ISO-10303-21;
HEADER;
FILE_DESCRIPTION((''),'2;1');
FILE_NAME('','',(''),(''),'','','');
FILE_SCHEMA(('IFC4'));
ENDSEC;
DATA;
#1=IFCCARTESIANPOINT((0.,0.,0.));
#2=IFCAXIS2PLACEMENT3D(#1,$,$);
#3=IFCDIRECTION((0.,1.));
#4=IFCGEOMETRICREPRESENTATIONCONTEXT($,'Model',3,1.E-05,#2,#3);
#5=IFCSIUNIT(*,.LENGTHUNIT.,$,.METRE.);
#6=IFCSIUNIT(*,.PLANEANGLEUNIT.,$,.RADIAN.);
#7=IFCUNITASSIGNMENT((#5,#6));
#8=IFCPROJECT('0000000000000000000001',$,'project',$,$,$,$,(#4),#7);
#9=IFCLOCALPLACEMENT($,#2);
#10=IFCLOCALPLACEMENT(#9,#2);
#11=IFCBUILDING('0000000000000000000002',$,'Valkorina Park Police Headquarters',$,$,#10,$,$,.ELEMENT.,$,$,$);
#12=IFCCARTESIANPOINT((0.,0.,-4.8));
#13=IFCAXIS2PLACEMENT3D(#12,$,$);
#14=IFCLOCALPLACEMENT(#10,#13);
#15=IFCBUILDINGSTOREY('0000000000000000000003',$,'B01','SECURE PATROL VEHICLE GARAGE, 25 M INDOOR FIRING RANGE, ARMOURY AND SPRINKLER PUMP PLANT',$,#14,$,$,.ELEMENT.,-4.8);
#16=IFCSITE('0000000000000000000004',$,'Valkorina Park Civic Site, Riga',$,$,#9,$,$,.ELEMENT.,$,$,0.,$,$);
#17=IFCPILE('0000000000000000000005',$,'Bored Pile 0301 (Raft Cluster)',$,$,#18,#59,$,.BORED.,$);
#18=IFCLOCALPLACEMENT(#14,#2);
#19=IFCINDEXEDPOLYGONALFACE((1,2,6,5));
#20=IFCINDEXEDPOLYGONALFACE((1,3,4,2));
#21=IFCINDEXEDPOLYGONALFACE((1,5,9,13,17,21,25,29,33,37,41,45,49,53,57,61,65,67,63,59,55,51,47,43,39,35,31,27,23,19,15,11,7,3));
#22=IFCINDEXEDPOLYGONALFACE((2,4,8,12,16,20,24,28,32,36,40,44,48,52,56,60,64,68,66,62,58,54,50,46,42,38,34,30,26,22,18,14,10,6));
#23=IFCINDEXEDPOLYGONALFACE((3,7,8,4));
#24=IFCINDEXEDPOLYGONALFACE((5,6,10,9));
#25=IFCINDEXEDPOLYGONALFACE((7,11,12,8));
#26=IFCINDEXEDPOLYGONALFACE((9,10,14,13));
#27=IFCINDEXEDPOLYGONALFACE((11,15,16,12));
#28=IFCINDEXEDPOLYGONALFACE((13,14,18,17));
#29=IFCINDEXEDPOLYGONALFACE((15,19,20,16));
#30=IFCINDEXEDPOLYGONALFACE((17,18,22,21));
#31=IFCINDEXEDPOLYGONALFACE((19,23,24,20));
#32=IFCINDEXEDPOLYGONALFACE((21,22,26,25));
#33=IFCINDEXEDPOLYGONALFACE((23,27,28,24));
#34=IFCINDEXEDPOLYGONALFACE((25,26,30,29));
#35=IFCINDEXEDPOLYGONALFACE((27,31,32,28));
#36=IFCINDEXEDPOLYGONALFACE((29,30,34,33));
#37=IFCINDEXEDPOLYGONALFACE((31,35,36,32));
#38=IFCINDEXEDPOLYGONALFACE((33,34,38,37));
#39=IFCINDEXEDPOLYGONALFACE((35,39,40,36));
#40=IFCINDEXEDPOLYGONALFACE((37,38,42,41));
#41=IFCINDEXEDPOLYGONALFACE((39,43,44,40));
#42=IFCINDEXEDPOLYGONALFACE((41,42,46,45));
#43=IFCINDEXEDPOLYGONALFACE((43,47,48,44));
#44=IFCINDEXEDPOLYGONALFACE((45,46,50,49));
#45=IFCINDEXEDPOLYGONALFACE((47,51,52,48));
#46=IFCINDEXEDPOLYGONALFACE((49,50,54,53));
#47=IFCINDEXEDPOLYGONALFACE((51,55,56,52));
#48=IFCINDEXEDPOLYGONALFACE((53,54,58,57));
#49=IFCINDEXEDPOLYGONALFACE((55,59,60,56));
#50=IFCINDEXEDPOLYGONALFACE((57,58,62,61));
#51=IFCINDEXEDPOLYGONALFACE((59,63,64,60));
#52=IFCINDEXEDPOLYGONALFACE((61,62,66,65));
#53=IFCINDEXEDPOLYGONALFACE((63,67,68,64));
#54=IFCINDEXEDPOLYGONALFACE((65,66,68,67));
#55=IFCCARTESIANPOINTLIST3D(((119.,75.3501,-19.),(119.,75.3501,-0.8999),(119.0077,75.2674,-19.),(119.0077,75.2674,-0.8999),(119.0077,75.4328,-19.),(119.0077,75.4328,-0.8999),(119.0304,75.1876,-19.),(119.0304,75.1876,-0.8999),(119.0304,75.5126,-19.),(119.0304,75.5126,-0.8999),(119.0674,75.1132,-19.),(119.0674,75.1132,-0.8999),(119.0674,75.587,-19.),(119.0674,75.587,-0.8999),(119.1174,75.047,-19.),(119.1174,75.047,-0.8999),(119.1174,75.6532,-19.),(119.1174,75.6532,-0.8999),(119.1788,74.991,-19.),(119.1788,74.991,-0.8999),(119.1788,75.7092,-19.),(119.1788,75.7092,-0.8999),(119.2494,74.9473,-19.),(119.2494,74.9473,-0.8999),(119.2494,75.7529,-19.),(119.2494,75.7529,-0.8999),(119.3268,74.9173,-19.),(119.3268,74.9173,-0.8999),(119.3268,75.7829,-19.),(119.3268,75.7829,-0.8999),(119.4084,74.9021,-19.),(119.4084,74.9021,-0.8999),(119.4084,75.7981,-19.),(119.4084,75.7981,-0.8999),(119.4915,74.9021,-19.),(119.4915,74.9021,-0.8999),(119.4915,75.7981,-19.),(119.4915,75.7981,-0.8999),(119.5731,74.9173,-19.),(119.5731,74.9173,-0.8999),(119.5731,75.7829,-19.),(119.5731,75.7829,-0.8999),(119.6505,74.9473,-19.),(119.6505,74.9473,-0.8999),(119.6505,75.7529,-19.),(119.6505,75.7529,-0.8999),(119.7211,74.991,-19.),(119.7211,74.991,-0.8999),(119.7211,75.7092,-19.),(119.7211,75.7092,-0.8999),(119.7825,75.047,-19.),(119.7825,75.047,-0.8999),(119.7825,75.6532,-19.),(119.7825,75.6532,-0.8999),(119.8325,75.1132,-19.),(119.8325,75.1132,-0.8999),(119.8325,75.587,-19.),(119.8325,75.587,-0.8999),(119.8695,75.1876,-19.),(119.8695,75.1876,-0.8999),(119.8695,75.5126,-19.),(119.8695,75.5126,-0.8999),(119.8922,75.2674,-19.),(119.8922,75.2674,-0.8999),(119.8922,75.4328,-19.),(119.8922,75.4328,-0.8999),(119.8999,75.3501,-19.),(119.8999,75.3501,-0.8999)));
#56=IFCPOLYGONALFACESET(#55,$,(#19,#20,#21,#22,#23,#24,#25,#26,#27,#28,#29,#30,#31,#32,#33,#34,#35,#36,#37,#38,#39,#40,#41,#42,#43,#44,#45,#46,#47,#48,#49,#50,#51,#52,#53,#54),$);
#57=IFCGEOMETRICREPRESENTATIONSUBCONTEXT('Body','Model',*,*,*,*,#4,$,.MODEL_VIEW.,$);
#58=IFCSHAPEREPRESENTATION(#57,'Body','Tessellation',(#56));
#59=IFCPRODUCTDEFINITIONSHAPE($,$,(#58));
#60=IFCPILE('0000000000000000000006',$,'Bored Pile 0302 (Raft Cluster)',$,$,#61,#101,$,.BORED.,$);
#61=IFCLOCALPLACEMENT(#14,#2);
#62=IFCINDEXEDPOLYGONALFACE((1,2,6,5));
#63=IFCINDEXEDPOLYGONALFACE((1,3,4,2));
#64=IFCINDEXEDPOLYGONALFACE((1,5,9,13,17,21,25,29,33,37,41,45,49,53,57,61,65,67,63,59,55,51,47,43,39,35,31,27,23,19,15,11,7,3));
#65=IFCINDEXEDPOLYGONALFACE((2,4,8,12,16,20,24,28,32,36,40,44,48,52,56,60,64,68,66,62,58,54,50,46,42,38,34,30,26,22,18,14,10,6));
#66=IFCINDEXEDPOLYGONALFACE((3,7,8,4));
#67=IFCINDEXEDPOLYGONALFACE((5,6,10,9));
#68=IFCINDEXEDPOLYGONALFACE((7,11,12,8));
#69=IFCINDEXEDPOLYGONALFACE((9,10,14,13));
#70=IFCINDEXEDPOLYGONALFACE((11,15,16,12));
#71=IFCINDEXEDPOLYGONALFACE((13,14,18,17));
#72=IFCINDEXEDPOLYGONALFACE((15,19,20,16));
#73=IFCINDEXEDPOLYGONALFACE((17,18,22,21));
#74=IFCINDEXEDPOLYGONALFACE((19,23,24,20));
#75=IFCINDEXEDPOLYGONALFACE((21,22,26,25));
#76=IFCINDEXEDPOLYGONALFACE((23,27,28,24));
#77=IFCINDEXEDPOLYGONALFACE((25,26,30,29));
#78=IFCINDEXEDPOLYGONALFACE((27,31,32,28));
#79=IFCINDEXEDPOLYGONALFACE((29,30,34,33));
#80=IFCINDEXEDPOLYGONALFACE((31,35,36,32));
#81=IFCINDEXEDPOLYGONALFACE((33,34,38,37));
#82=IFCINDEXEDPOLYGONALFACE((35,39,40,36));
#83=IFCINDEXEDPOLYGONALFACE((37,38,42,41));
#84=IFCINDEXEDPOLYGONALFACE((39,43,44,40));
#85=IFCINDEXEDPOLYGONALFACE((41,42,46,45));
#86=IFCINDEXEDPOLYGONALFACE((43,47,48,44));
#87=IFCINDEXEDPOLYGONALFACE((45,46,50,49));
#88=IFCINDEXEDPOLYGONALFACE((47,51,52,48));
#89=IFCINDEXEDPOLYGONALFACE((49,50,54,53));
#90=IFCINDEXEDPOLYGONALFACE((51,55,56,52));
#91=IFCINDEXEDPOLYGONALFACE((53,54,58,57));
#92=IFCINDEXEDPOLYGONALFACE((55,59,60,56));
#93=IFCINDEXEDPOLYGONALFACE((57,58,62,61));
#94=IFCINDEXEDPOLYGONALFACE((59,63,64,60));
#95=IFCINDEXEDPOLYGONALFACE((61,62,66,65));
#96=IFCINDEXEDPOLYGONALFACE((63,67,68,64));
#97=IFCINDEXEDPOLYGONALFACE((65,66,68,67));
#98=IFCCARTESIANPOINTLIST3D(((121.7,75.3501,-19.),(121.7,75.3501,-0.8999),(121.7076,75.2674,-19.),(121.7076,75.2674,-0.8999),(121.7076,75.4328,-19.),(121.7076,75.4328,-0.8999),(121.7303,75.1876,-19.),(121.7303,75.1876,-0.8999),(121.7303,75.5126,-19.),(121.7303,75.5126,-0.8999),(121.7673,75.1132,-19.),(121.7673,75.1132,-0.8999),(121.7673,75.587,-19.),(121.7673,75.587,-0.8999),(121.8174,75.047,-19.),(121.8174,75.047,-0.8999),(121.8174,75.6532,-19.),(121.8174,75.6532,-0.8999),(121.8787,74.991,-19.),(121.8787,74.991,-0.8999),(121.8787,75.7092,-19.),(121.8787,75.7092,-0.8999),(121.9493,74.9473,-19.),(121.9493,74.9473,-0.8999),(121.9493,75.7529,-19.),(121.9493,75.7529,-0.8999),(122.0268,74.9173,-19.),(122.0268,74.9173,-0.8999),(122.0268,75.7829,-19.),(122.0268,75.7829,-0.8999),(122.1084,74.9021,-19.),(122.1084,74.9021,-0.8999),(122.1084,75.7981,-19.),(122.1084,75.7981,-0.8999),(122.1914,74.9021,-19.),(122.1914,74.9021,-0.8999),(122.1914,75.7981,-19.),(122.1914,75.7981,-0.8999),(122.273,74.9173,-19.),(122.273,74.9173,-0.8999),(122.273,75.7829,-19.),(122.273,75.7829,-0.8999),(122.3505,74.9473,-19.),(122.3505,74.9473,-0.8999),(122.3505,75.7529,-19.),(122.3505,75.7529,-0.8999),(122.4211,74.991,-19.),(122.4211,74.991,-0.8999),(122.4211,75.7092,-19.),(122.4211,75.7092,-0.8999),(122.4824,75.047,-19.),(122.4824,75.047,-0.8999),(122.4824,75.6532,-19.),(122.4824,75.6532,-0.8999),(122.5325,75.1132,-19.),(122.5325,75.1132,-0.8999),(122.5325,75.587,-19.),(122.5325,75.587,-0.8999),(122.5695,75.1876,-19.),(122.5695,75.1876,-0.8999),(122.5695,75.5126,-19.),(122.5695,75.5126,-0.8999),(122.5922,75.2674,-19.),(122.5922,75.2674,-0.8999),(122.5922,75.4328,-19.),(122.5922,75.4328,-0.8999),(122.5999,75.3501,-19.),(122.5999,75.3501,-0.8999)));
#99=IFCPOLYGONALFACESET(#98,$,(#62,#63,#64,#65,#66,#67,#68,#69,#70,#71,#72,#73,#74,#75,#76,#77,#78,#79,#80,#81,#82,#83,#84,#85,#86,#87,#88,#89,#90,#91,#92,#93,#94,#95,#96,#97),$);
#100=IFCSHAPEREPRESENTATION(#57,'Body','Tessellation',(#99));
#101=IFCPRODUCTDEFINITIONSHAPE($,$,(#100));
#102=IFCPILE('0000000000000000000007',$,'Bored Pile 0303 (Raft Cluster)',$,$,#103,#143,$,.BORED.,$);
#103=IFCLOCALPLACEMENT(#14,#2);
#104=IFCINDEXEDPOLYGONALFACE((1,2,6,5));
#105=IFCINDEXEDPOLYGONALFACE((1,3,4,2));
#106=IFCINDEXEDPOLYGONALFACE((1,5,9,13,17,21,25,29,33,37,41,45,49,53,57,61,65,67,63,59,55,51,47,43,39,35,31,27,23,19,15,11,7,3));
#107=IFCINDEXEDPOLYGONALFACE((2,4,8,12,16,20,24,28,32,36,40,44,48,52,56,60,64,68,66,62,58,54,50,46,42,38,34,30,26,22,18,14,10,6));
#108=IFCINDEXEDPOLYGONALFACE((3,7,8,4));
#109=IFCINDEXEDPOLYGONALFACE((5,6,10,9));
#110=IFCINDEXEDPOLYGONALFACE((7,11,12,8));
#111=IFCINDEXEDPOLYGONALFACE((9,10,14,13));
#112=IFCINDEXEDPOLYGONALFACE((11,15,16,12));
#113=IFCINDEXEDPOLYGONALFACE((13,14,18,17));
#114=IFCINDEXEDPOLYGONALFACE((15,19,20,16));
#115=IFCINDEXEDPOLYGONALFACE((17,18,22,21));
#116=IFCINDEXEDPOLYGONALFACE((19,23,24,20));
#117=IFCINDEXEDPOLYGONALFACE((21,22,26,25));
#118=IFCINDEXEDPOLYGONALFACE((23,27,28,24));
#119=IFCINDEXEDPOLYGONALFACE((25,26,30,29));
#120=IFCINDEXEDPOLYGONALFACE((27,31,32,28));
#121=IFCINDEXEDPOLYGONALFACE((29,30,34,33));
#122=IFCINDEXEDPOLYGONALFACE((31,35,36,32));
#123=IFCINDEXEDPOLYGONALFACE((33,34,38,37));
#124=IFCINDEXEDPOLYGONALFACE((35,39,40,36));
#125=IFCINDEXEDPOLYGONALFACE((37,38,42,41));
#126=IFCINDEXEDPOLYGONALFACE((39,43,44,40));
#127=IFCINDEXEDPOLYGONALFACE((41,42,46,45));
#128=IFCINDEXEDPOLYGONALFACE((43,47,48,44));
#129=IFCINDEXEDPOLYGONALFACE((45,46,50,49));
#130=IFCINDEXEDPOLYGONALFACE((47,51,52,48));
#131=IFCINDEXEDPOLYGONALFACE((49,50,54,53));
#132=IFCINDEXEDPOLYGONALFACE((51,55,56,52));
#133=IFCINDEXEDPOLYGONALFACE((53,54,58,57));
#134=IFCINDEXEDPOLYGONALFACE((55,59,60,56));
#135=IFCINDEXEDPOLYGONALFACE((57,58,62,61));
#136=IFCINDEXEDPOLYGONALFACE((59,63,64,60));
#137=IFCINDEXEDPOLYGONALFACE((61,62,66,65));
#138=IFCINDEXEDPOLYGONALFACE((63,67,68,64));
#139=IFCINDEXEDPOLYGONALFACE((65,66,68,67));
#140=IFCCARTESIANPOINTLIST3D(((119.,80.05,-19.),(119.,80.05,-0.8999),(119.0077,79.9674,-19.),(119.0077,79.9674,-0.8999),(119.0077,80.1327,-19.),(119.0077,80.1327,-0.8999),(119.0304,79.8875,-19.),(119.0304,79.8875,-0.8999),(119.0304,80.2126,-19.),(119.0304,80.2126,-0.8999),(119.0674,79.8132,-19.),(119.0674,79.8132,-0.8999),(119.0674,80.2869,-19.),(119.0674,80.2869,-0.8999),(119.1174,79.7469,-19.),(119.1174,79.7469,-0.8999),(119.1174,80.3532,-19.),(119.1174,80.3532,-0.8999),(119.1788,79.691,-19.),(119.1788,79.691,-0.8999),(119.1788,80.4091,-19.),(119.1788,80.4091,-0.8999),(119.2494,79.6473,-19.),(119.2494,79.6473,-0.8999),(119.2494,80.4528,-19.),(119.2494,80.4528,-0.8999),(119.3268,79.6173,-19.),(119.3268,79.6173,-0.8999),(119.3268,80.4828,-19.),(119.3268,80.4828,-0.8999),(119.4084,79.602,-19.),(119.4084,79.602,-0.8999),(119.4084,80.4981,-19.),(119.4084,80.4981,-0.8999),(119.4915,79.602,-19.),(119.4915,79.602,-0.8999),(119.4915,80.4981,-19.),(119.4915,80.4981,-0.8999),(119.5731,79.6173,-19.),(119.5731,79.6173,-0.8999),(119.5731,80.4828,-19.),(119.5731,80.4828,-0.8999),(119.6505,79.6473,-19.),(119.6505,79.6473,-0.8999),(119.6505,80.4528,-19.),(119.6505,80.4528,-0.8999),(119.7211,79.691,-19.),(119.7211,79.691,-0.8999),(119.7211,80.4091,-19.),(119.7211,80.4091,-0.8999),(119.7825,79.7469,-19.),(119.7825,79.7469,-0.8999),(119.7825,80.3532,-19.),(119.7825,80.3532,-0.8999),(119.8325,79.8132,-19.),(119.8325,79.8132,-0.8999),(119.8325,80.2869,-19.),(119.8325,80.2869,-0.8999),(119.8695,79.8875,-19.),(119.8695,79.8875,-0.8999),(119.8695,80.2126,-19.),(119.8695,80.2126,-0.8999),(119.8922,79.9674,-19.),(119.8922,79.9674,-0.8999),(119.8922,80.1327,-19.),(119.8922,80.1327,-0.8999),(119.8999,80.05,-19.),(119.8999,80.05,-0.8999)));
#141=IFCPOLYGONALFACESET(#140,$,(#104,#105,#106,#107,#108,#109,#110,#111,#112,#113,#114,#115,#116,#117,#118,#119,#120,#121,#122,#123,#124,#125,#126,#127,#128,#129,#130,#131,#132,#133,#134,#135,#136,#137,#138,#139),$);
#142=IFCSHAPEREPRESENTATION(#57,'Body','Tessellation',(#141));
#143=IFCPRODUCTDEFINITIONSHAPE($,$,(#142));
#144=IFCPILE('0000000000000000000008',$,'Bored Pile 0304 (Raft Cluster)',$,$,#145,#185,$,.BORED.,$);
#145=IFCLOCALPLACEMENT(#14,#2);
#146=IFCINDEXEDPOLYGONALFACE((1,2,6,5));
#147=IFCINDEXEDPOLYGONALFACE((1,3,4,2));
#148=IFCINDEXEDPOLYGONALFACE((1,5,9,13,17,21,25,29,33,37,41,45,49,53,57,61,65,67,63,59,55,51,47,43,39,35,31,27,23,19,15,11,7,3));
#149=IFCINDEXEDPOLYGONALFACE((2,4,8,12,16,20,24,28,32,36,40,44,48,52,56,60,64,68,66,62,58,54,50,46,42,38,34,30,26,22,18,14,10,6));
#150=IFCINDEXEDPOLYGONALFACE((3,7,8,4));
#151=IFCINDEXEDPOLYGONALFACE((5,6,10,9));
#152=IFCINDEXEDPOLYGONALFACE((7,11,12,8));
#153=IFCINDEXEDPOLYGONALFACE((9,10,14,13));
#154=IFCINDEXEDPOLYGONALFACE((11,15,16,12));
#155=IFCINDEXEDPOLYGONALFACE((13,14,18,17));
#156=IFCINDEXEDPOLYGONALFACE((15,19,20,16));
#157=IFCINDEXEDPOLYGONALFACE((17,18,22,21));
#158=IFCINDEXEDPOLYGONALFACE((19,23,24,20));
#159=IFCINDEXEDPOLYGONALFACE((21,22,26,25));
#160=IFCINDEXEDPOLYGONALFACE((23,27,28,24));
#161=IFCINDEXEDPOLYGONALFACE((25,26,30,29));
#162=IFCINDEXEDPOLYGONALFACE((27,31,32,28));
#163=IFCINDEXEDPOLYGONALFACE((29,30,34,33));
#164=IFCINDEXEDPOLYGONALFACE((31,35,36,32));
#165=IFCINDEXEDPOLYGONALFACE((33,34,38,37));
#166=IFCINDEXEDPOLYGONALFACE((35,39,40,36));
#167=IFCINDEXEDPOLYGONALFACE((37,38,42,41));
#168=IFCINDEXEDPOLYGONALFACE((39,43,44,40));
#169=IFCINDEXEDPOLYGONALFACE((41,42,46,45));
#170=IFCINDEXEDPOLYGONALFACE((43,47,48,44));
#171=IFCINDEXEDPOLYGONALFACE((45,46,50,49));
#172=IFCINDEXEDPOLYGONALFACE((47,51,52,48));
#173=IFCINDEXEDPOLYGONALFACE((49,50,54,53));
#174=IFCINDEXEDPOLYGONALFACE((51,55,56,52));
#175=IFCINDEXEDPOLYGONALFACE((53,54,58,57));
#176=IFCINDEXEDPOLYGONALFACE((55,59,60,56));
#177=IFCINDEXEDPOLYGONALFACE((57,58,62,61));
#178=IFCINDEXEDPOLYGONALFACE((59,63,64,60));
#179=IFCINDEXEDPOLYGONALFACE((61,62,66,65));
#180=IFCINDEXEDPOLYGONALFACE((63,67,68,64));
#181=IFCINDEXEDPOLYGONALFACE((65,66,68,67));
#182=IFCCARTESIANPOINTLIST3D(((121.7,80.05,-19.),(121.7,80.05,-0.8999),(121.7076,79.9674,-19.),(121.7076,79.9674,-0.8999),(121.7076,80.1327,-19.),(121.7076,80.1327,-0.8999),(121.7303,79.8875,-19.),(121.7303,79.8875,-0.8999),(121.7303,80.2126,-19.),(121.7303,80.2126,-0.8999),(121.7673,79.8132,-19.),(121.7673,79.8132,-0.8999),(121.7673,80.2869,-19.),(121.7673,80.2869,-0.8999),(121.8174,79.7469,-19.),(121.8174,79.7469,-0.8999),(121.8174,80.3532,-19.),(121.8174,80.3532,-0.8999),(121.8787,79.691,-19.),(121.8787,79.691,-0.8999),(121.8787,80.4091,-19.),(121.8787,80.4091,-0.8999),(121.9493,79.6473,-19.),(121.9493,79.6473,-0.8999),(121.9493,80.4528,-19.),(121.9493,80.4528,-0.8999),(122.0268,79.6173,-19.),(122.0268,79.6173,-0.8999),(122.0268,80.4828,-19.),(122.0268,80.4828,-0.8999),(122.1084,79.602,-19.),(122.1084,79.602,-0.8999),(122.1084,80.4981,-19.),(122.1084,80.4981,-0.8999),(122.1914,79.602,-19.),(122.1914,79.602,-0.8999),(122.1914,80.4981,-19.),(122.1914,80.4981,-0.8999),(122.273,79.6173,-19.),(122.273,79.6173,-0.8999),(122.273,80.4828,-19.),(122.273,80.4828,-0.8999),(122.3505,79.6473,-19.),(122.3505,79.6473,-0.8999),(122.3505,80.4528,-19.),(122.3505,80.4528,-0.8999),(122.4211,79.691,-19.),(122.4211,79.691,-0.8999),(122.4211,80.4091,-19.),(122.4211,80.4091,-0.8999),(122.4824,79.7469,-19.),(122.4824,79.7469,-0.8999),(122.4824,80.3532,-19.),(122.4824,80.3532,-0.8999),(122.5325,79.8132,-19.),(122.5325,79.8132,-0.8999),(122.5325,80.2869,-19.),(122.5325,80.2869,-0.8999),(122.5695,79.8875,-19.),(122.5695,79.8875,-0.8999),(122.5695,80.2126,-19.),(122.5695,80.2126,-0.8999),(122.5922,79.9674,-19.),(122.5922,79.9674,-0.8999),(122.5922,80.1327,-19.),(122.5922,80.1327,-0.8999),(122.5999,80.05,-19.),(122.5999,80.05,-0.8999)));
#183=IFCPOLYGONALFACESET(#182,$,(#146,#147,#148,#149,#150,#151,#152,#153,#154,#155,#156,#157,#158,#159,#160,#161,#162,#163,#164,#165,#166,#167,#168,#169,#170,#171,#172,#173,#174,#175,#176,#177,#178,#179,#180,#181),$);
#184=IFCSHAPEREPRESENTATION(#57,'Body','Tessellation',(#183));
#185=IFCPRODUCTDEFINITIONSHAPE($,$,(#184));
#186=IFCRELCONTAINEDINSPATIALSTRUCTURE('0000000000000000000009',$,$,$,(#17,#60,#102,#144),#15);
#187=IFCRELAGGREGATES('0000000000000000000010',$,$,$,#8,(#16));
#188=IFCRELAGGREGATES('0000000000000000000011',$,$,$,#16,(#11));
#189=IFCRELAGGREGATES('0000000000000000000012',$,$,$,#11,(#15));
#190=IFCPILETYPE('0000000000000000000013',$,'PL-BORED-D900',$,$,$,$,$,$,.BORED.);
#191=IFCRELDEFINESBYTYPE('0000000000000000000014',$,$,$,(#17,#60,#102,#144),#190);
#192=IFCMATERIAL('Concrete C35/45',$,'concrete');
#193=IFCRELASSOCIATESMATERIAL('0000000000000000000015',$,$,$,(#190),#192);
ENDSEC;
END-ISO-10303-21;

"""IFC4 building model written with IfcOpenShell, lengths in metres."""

from ifc_helpers import new_model, si_unit, direction, frame, origin, origin_2d, place, context, subcontext, project, spatial, circle, extrude, material, material_profile, profile_set, type_object, element, save


model = new_model("IFC4")

# Units and contexts
model_context = context("Model", 3, precision=1e-05, world=origin(), true_north=direction((0.0, 1.0)))
body_context = subcontext(model_context, "Body", "Model", "MODEL_VIEW")
ifc_project = project(units=[si_unit("LENGTHUNIT", "METRE"), si_unit("PLANEANGLEUNIT", "RADIAN")], contexts=[model_context])

# Site, building, storey
site_placement = place(None, origin())
site = spatial("IfcSite", under=ifc_project, at=site_placement, Name="Valkorina Park Civic Site, Riga", CompositionType="ELEMENT", RefElevation=0.0)
building_placement = place(site_placement, origin())
building = spatial("IfcBuilding", under=site, at=building_placement, Name="Valkorina Park Police Headquarters", CompositionType="ELEMENT")
storey_placement = place(building_placement, frame((0.0, 0.0, -4.8)))
storey = spatial("IfcBuildingStorey", under=building, at=storey_placement, Name="B01", Description="SECURE PATROL VEHICLE GARAGE, 25 M INDOOR FIRING RANGE, ARMOURY AND SPRINKLER PUMP PLANT", CompositionType="ELEMENT", Elevation=-4.8)

# Piles
ifc_material_1 = material(Name="Concrete C35/45", Category="concrete")
ifc_material_profile_1 = material_profile(ifc_material_1, circle(Radius=0.45, at=origin_2d()), Name="BORED PILE D900")
ifc_profile_set_1 = profile_set([ifc_material_profile_1], Name="Concrete C35/45")
pile_type = type_object("IfcPileType", Name="PL-BORED-D900", PredefinedType="BORED", material=ifc_profile_set_1)
for number, where, z_axis, x_axis, name in (
    (1, (119.45, 75.3501, -0.8999), (0.0, 0.0, -1.0), (1.0, 0.0, 0.0), "Bored Pile 0301 (Raft Cluster)"),
    (2, (122.1499, 75.3501, -0.8999), (0.0, 0.0, -1.0), (1.0, 0.0, 0.0), "Bored Pile 0302 (Raft Cluster)"),
    (3, (119.45, 80.05, -0.8999), (0.0, 0.0, -1.0), (1.0, 0.0, 0.0), "Bored Pile 0303 (Raft Cluster)"),
    (4, (122.1499, 80.05, -0.8999), (0.0, 0.0, -1.0), (1.0, 0.0, 0.0), "Bored Pile 0304 (Raft Cluster)"),
):
    element("IfcPile", number, at=place(storey_placement, frame(where, z_axis=z_axis, x_axis=x_axis)), inside=storey, type_object=pile_type, Name=name, PredefinedType="BORED", context=body_context, shape_type="SweptSolid", body=[
        extrude(circle(Radius=0.45, at=origin_2d()), origin(), (0.0, 0.0, 1.0), 18.1001),
    ])

save(model, "model.ifc")
